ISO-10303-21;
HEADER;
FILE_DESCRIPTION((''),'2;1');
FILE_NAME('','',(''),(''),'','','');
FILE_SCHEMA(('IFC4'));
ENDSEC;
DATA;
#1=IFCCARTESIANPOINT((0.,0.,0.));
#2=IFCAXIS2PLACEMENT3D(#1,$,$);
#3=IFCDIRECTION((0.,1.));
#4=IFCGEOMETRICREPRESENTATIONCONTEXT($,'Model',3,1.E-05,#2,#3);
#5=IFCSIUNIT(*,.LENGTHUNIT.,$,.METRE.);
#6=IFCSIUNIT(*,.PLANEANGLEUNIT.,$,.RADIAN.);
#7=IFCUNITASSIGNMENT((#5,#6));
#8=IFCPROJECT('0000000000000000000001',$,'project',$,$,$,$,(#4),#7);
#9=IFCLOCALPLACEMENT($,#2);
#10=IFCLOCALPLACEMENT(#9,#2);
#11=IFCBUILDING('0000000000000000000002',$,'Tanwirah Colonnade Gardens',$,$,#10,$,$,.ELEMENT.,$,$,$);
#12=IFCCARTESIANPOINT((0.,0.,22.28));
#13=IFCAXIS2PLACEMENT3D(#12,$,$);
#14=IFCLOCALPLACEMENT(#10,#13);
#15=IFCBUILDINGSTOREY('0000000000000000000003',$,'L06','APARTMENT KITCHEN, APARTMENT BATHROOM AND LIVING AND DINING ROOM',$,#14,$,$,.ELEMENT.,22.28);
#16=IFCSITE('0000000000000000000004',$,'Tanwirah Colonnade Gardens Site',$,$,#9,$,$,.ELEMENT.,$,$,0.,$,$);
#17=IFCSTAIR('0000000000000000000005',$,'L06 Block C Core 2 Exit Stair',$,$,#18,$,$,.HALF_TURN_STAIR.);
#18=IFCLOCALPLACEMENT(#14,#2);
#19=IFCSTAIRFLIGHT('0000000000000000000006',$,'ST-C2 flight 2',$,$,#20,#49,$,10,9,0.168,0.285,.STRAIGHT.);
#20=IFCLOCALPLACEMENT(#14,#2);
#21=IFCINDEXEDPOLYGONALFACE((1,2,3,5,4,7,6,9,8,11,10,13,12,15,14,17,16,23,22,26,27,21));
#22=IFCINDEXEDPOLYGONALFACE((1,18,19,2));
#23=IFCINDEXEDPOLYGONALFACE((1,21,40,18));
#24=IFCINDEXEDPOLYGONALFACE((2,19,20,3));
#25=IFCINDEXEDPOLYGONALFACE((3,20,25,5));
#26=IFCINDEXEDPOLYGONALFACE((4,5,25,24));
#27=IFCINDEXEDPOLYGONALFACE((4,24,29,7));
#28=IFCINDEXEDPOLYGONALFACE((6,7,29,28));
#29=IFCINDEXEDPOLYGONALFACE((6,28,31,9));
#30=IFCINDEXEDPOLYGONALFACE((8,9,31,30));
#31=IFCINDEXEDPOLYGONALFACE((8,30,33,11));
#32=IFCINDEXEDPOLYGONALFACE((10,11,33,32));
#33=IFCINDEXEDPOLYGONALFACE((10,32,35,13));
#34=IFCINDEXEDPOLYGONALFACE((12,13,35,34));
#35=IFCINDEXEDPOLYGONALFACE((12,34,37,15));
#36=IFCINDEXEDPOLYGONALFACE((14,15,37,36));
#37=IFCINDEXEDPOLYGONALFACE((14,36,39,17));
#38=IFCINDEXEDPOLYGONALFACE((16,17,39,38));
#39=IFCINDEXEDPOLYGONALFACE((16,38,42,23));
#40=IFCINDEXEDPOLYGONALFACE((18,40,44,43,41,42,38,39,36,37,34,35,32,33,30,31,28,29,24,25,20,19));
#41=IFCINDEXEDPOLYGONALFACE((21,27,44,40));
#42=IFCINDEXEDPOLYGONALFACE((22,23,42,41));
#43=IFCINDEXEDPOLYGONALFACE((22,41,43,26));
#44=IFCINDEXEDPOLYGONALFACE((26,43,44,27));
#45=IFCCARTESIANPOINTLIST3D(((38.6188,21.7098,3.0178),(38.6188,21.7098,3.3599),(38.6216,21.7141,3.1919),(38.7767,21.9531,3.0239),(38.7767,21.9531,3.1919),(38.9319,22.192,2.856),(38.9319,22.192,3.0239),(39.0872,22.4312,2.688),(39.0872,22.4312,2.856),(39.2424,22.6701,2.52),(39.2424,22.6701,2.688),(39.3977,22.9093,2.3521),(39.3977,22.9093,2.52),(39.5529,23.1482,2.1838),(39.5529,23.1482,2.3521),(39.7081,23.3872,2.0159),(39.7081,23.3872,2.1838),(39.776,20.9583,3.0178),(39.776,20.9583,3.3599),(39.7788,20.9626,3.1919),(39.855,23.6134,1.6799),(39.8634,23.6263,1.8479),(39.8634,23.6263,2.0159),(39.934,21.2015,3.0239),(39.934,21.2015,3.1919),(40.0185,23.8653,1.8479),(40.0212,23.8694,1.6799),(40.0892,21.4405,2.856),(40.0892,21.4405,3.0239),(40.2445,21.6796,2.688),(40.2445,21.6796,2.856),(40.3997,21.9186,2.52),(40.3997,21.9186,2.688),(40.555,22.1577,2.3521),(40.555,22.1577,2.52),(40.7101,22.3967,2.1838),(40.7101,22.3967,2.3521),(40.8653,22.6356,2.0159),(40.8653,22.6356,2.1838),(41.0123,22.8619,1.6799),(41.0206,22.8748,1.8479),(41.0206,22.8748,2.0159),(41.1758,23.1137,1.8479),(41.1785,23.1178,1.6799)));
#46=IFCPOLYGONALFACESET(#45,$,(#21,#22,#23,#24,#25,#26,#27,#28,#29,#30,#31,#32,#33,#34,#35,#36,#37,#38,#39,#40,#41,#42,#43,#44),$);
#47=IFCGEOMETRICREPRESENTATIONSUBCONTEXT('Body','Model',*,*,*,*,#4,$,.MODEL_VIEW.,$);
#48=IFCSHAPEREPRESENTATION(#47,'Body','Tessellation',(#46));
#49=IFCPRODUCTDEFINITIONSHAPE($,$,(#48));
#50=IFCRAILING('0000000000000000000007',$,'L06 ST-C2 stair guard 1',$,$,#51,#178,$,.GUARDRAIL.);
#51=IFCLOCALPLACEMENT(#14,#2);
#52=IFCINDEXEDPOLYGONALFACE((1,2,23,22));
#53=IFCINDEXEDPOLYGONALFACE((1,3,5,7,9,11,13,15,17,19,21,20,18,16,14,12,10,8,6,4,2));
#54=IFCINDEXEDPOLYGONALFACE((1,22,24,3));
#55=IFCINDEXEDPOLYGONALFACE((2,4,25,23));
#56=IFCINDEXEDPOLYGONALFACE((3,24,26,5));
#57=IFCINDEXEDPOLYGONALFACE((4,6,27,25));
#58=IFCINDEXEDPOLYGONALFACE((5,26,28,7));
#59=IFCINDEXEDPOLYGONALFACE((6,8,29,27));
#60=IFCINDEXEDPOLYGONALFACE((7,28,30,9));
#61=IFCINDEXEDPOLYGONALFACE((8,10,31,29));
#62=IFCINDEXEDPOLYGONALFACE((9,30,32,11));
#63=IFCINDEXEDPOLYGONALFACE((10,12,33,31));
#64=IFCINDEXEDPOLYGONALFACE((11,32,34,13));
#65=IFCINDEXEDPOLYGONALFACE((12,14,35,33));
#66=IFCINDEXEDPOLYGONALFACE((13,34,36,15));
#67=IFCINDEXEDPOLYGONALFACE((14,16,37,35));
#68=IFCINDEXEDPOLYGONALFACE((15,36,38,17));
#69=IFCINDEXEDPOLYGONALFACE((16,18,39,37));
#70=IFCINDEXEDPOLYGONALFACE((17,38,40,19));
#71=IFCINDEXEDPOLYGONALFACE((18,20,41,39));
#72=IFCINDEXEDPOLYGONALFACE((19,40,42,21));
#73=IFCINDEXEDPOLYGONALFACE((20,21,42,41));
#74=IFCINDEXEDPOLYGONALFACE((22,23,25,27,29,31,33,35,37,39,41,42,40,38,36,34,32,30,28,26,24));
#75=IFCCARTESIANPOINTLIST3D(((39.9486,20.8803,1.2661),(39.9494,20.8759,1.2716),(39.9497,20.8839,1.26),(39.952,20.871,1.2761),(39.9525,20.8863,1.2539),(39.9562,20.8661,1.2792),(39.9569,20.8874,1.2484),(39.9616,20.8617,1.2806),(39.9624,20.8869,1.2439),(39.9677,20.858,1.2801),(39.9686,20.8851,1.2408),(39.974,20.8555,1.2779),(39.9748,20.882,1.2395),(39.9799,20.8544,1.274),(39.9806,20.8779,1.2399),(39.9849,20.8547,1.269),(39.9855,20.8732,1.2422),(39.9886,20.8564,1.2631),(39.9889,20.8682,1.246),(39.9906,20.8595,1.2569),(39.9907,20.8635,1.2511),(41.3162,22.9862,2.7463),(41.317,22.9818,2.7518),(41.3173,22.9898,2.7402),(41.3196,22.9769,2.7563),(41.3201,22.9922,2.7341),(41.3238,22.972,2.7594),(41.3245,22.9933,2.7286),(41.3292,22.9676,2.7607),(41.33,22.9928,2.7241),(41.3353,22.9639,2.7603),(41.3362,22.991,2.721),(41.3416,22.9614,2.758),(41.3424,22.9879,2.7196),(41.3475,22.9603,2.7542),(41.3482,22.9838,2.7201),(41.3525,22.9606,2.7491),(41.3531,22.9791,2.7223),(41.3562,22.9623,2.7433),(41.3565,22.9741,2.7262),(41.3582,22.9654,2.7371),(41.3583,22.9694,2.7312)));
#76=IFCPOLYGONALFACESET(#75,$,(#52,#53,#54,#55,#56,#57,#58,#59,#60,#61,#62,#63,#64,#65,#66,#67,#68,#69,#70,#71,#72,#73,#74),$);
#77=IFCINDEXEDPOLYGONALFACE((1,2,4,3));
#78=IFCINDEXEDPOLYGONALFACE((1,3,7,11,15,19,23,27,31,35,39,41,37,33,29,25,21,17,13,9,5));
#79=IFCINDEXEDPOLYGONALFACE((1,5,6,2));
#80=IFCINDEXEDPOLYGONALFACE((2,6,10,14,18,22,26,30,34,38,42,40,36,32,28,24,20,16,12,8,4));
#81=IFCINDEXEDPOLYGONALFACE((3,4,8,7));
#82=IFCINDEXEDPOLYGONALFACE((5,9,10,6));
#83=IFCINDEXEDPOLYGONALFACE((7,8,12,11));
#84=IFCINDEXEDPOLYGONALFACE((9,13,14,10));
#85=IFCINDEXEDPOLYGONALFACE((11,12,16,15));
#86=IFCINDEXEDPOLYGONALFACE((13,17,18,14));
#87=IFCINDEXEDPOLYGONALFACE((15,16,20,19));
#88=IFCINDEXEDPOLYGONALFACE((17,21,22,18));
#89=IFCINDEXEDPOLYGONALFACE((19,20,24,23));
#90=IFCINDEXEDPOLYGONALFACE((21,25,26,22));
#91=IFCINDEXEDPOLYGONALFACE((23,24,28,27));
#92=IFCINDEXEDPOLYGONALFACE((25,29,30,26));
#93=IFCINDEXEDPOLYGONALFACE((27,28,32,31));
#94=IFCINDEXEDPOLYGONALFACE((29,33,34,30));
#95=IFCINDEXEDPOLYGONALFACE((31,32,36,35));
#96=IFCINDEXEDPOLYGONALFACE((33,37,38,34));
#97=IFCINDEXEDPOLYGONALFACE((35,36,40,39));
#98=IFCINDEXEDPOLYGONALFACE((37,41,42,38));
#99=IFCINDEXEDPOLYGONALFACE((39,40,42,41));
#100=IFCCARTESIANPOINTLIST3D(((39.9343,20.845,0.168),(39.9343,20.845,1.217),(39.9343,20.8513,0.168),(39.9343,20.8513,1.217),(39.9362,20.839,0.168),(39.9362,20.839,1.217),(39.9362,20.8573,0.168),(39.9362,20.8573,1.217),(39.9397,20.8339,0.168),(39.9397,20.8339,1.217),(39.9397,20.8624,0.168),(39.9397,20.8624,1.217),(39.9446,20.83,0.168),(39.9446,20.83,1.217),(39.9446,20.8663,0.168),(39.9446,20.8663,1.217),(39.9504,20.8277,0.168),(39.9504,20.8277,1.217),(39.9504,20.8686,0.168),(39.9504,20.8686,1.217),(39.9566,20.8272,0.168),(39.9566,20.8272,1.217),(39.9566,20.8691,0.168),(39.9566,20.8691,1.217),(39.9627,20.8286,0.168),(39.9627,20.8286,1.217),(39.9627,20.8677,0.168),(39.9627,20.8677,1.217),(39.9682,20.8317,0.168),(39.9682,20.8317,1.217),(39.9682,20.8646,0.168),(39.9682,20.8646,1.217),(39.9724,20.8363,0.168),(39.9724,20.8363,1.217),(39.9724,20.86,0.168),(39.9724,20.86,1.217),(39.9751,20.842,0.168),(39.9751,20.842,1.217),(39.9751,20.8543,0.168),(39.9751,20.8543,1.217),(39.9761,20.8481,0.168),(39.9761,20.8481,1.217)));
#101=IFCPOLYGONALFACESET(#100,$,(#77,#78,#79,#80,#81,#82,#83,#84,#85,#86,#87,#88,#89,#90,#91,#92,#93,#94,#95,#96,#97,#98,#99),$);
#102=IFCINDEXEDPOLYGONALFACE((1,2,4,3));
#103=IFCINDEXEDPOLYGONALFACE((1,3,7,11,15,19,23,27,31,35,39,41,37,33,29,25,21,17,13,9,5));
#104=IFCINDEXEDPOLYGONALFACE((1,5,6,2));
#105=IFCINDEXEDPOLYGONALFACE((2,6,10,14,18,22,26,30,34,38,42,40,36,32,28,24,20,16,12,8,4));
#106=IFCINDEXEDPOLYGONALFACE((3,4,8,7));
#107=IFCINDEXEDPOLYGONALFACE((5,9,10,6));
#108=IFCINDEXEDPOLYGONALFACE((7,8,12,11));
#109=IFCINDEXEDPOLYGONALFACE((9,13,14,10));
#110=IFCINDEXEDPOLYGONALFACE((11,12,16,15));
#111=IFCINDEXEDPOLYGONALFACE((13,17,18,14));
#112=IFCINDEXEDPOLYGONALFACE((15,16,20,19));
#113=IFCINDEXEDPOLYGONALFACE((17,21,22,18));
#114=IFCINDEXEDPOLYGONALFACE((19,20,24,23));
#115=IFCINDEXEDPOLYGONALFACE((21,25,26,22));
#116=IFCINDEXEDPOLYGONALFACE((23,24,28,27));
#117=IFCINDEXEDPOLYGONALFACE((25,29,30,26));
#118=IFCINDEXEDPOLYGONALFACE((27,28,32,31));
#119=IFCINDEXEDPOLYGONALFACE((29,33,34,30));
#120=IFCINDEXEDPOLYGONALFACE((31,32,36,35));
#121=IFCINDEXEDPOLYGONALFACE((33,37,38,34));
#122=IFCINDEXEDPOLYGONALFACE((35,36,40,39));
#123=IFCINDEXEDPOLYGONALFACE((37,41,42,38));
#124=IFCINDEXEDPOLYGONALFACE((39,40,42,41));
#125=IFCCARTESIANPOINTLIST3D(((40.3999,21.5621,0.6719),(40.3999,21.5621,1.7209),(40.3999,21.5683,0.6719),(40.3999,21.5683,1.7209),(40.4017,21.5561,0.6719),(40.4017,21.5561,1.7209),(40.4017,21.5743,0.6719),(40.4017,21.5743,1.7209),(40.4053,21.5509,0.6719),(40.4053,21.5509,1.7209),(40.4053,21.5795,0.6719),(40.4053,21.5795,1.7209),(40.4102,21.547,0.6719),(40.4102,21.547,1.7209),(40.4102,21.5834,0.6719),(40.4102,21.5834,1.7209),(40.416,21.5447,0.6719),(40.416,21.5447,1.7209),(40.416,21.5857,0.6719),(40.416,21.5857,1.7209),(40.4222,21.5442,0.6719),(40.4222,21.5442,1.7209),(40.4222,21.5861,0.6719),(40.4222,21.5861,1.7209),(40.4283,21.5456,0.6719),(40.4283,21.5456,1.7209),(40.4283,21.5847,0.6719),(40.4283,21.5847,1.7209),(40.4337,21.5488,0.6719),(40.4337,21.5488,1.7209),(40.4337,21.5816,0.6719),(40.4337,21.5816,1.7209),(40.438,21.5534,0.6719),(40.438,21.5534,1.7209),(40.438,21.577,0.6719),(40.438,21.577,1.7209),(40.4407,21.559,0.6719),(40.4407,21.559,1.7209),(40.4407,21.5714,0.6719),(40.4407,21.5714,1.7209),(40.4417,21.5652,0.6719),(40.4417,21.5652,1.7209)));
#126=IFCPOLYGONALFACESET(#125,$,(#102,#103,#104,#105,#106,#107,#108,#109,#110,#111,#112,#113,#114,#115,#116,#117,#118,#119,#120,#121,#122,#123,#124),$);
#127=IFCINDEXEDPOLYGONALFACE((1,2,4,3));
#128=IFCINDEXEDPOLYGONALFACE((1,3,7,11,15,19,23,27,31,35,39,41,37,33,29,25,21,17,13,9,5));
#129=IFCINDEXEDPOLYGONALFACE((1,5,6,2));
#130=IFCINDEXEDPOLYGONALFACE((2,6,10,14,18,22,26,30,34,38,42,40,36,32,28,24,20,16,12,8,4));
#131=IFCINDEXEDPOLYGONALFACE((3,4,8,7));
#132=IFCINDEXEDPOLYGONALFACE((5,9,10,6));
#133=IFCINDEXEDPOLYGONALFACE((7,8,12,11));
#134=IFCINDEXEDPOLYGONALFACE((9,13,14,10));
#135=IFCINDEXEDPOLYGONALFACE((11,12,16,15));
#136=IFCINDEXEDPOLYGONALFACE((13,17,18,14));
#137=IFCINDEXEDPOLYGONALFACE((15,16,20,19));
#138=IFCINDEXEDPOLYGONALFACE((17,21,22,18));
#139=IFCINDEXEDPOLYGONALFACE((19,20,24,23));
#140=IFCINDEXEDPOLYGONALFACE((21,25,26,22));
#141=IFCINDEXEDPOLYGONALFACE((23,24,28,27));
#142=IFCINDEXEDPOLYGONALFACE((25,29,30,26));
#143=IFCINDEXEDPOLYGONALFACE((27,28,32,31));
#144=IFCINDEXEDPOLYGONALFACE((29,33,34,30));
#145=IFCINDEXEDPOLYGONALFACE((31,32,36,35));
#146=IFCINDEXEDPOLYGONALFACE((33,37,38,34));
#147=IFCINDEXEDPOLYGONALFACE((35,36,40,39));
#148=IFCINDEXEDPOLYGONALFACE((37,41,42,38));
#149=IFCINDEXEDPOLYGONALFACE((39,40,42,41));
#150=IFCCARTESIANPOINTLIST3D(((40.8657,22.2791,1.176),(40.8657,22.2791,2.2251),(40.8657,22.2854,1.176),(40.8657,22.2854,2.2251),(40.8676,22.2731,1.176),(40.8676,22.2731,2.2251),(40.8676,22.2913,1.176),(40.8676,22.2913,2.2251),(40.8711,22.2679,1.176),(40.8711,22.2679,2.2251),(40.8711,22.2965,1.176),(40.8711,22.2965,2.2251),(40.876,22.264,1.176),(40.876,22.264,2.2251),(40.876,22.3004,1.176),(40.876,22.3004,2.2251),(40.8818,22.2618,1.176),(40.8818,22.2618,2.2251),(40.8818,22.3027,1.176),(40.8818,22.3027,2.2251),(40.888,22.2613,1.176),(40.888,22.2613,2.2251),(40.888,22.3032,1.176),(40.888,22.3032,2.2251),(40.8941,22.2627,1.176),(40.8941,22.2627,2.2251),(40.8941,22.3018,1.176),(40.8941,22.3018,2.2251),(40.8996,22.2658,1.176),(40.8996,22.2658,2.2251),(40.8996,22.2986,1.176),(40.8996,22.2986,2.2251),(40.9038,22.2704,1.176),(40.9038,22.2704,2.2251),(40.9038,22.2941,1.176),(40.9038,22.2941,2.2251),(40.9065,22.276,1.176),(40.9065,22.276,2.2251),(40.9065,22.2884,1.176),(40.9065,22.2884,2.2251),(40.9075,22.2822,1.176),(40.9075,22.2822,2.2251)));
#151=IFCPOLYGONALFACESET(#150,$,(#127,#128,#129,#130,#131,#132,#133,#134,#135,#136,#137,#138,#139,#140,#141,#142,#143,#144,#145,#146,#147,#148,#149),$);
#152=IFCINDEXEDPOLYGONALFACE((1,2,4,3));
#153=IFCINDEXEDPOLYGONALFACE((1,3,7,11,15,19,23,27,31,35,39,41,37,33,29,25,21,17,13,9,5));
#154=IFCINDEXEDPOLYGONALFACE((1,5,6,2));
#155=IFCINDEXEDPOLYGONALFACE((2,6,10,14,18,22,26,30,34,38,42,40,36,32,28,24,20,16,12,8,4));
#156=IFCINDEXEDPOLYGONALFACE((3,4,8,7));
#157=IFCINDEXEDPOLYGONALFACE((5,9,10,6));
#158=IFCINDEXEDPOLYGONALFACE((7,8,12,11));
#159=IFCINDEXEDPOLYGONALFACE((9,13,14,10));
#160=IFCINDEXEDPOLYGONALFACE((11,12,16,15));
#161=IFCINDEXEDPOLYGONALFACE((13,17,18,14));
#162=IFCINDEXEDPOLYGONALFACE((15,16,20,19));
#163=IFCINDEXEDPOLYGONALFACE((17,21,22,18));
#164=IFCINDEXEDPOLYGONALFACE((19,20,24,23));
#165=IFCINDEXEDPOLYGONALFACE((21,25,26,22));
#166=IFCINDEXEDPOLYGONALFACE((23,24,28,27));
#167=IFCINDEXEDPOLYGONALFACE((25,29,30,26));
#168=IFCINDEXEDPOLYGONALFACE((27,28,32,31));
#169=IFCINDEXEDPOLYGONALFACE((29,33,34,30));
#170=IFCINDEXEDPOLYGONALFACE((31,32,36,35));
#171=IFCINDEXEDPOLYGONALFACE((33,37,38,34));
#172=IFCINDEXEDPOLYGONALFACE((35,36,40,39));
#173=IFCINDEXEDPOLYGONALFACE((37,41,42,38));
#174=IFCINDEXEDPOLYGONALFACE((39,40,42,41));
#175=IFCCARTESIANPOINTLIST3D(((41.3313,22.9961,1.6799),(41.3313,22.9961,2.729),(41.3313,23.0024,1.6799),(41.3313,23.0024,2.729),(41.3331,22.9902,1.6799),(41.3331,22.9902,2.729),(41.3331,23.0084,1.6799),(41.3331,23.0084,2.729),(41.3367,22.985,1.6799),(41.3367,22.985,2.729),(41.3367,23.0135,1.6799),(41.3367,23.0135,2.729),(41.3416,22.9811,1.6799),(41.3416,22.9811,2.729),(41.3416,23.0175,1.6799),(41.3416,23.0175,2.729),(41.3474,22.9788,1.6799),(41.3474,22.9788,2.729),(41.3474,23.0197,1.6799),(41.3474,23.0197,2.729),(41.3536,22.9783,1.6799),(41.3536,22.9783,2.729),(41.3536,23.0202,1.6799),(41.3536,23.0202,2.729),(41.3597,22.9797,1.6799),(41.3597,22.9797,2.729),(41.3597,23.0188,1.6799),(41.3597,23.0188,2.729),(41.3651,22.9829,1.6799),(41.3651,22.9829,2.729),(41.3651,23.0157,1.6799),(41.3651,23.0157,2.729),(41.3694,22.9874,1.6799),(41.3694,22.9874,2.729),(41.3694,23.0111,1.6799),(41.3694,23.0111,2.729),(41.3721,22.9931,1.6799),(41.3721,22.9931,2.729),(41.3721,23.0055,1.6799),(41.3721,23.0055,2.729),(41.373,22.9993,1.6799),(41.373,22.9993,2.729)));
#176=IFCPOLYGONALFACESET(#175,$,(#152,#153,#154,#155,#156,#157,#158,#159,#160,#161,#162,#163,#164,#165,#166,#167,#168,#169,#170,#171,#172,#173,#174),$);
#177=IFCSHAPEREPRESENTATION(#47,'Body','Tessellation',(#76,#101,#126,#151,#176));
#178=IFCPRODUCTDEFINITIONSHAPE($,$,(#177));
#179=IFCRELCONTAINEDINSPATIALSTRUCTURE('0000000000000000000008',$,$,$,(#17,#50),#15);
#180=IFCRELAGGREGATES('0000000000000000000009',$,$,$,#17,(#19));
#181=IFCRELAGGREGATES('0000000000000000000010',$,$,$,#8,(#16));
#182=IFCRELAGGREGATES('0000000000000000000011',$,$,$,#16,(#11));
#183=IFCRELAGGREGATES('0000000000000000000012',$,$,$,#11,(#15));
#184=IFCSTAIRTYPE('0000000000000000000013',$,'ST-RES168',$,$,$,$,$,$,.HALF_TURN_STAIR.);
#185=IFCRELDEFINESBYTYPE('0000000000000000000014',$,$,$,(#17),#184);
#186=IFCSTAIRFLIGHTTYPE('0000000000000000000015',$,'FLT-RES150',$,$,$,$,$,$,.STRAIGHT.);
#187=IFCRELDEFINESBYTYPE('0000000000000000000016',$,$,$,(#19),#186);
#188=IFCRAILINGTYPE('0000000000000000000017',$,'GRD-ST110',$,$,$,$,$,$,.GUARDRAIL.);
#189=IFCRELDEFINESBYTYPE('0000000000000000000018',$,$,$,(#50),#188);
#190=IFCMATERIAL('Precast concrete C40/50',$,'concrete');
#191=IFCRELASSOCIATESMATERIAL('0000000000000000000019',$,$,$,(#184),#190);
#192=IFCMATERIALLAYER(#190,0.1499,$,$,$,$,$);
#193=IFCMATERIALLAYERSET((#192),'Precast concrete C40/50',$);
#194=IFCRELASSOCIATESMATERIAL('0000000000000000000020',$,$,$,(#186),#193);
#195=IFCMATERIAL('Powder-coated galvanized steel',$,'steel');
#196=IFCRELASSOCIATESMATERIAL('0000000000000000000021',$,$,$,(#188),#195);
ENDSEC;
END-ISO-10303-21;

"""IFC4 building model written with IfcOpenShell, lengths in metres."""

from ifc_helpers import new_model, si_unit, direction, frame, origin, origin_2d, place, context, subcontext, project, spatial, polyline, circle, outline, extrude, material, layer, layer_set, type_object, element, aggregate, save


model = new_model("IFC4")

# Units and contexts
model_context = context("Model", 3, precision=1e-05, world=origin(), true_north=direction((0.0, 1.0)))
body_context = subcontext(model_context, "Body", "Model", "MODEL_VIEW")
ifc_project = project(units=[si_unit("LENGTHUNIT", "METRE"), si_unit("PLANEANGLEUNIT", "RADIAN")], contexts=[model_context])

# Site, building, storey
site_placement = place(None, origin())
site = spatial("IfcSite", under=ifc_project, at=site_placement, Name="Tanwirah Colonnade Gardens Site", CompositionType="ELEMENT", RefElevation=0.0)
building_placement = place(site_placement, origin())
building = spatial("IfcBuilding", under=site, at=building_placement, Name="Tanwirah Colonnade Gardens", CompositionType="ELEMENT")
storey_placement = place(building_placement, frame((0.0, 0.0, 22.28)))
storey = spatial("IfcBuildingStorey", under=building, at=storey_placement, Name="L06", Description="APARTMENT KITCHEN, APARTMENT BATHROOM AND LIVING AND DINING ROOM", CompositionType="ELEMENT", Elevation=22.28)

# Shared definitions
ifc_material_1 = material(Name="Precast concrete C40/50", Category="concrete")

# Stair, stair flight
stair_type = type_object("IfcStairType", Name="ST-RES168", PredefinedType="HALF_TURN_STAIR", material=ifc_material_1)
stair_placement = place(storey_placement, origin())
stair = element("IfcStair", 1, at=stair_placement, inside=storey, type_object=stair_type, Name="L06 Block C Core 2 Exit Stair", PredefinedType="HALF_TURN_STAIR")
ifc_layer_1 = layer(ifc_material_1, 0.1499)
ifc_layer_set_1 = layer_set([ifc_layer_1], Name="Precast concrete C40/50")
stair_flight_type = type_object("IfcStairFlightType", Name="FLT-RES150", PredefinedType="STRAIGHT", material=ifc_layer_set_1)
stair_flight_1_placement = place(storey_placement, frame((40.5972, 23.4895, 1.6799), z_axis=(0.0, 0.0, 1.0), x_axis=(-0.544639, -0.838671, 0.0)))
stair_flight_1 = element("IfcStairFlight", 2, at=stair_flight_1_placement, type_object=stair_flight_type, Name="ST-C2 flight 2", NumberOfRisers=10, NumberOfTreads=9, PredefinedType="STRAIGHT", RiserHeight=0.168, TreadLength=0.285, context=body_context, shape_type="SweptSolid", body=[
    extrude(outline(polyline([(-0.0049, 0.0), (0.0, 0.168), (0.2849, 0.168), (0.2849, 0.3359), (0.5701, 0.3359), (0.5701, 0.5039), (0.855, 0.5039), (0.855, 0.6721), (1.1399, 0.6721), (1.1399, 0.8401), (1.425, 0.8401), (1.425, 1.0081), (1.71, 1.0081), (1.71, 1.176), (1.9951, 1.176), (1.9951, 1.344), (2.28, 1.344), (2.28, 1.512), (2.5649, 1.512), (2.5701, 1.6799), (2.5701, 1.3379), (0.3003, 0.0), (-0.0049, 0.0)])), frame((0.0, 0.6899, 0.0), z_axis=(0.0, -1.0, 0.0), x_axis=(1.0, 0.0, 0.0)), (0.0, 0.0, 1.0), 1.3799),
])
aggregate(stair, [stair_flight_1])

# Railing
ifc_material_2 = material(Name="Powder-coated galvanized steel", Category="steel")
railing_type_1 = type_object("IfcRailingType", Name="GRD-ST110", PredefinedType="GUARDRAIL", material=ifc_material_2)
railing_1_placement = place(storey_placement, frame((39.9551, 20.8481, 0.168)))
element("IfcRailing", 3, at=railing_1_placement, inside=storey, type_object=railing_type_1, Name="L06 ST-C2 stair guard 1", PredefinedType="GUARDRAIL", context=body_context, shape_type="SweptSolid", body=[
    extrude(circle(Radius=0.0239, at=origin_2d()), frame((0.0146, 0.0227, 1.092), z_axis=(0.469193, 0.722484, 0.507814), x_axis=(-0.838668, 0.544644, 0.0)), (0.0, 0.0, 1.0), 2.9148),
    extrude(circle(Radius=0.021, at=origin_2d()), origin(), (0.0, 0.0, 1.0), 1.0491),
    extrude(circle(Radius=0.021, at=origin_2d()), frame((0.4656, 0.717, 0.5039)), (0.0, 0.0, 1.0), 1.0491),
    extrude(circle(Radius=0.021, at=origin_2d()), frame((0.9314, 1.4341, 1.0081)), (0.0, 0.0, 1.0), 1.0491),
    extrude(circle(Radius=0.021, at=origin_2d()), frame((1.397, 2.1511, 1.512)), (0.0, 0.0, 1.0), 1.0491),
])

save(model, "model.ifc")
